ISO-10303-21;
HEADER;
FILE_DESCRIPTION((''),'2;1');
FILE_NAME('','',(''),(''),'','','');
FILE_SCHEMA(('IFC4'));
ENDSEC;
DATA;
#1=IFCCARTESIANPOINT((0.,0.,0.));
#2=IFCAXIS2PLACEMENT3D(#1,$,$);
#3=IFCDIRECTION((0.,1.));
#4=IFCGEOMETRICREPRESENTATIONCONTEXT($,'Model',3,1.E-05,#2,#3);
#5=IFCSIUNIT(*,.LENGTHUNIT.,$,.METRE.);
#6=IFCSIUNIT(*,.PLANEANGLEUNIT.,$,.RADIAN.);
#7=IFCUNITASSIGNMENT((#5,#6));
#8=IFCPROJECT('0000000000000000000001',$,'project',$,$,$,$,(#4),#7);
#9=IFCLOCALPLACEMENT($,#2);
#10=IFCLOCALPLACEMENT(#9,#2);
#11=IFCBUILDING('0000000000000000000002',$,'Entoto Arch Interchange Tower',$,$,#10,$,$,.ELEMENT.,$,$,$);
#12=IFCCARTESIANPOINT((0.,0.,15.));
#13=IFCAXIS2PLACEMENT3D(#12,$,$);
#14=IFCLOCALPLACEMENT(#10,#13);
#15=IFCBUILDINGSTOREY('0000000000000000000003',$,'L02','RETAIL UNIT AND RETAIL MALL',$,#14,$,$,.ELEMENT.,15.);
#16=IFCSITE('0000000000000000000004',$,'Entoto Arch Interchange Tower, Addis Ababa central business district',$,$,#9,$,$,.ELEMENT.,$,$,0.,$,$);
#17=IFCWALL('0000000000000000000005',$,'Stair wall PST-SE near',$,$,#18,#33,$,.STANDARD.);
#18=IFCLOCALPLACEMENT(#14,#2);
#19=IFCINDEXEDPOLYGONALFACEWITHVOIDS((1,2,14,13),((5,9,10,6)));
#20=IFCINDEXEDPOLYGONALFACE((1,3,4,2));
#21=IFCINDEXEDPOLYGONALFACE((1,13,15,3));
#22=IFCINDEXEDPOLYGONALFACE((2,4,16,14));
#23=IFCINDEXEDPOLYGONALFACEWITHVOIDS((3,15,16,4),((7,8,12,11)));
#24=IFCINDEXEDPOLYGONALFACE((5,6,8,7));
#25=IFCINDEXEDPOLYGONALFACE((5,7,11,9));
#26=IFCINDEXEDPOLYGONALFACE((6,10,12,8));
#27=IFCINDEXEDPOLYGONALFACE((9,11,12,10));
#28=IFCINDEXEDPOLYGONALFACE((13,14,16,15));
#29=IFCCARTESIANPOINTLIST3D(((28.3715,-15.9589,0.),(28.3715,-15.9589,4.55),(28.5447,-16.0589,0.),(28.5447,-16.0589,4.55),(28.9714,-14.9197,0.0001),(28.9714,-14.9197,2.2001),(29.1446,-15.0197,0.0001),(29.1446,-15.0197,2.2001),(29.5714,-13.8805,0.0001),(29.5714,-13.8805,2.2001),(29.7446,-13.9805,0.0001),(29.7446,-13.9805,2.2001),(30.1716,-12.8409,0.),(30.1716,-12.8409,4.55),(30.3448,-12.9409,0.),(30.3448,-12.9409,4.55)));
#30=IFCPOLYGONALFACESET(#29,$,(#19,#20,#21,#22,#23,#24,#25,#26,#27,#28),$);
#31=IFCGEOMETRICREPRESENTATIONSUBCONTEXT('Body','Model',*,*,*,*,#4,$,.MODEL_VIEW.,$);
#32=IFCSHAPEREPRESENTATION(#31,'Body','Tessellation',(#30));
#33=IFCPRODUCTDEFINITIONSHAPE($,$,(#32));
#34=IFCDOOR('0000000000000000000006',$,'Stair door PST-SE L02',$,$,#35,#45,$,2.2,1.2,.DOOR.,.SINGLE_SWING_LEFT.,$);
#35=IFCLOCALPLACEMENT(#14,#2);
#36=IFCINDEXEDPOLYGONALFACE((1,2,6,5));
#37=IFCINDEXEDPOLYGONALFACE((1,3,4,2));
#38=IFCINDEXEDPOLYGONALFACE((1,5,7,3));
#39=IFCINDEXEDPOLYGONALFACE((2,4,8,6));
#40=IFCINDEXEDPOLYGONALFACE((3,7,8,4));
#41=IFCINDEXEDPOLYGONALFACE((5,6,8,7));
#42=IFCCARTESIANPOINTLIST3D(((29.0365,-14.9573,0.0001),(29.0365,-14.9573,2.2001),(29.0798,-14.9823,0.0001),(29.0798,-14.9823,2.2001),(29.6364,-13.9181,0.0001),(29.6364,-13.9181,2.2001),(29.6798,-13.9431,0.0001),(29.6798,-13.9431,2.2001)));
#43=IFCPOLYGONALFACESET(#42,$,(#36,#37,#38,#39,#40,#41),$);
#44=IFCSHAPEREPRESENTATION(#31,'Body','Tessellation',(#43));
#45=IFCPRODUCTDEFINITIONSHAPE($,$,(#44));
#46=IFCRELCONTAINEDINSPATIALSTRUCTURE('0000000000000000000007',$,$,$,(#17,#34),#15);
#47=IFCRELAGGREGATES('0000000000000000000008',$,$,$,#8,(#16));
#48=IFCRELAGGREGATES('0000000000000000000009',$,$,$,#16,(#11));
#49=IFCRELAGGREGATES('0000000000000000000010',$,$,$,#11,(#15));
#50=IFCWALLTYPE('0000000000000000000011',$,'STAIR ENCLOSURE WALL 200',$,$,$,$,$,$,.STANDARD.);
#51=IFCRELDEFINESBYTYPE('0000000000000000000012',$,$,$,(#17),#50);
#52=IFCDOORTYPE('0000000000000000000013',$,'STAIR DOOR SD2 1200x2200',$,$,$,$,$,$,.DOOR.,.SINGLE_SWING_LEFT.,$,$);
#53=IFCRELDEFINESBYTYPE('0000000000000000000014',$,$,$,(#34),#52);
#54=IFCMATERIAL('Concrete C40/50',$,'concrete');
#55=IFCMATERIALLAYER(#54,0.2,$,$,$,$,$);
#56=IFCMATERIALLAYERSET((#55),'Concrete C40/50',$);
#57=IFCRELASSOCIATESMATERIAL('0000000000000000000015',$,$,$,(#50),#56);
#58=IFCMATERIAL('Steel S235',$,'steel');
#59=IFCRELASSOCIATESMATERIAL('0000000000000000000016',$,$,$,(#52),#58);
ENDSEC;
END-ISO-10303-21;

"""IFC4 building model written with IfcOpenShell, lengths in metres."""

from ifc_helpers import new_model, si_unit, direction, frame, frame_2d, origin, place, context, subcontext, project, spatial, rectangle, extrude, material, layer, layer_set, type_object, element, fill, save


model = new_model("IFC4")

# Units and contexts
model_context = context("Model", 3, precision=1e-05, world=origin(), true_north=direction((0.0, 1.0)))
body_context = subcontext(model_context, "Body", "Model", "MODEL_VIEW")
ifc_project = project(units=[si_unit("LENGTHUNIT", "METRE"), si_unit("PLANEANGLEUNIT", "RADIAN")], contexts=[model_context])

# Site, building, storey
site_placement = place(None, origin())
site = spatial("IfcSite", under=ifc_project, at=site_placement, Name="Entoto Arch Interchange Tower, Addis Ababa central business district", CompositionType="ELEMENT", RefElevation=0.0)
building_placement = place(site_placement, origin())
building = spatial("IfcBuilding", under=site, at=building_placement, Name="Entoto Arch Interchange Tower", CompositionType="ELEMENT")
storey_placement = place(building_placement, frame((0.0, 0.0, 15.0)))
storey = spatial("IfcBuildingStorey", under=building, at=storey_placement, Name="L02", Description="RETAIL UNIT AND RETAIL MALL", CompositionType="ELEMENT", Elevation=15.0)

# Shared definitions
ifc_material_1 = material(Name="Concrete C40/50", Category="concrete")
ifc_layer_1 = layer(ifc_material_1, 0.2)
ifc_layer_set_1 = layer_set([ifc_layer_1], Name="Concrete C40/50")
wall_type_1 = type_object("IfcWallType", Name="STAIR ENCLOSURE WALL 200", PredefinedType="STANDARD", material=ifc_layer_set_1)

# Wall, opening, door
wall_1_placement = place(storey_placement, frame((28.458, -16.009, 0.0), z_axis=(0.0, 0.0, 1.0), x_axis=(0.499983, 0.866035, 0.0)))
wall_1 = element("IfcWall", 1, at=wall_1_placement, inside=storey, type_object=wall_type_1, Name="Stair wall PST-SE near", PredefinedType="STANDARD", context=body_context, shape_type="SweptSolid", body=[
    extrude(rectangle(XDim=3.6003, YDim=0.2, at=frame_2d((1.8003, 0.0))), origin(), (0.0, 0.0, 1.0), 4.55),
])
opening_1_placement = place(wall_1_placement, frame((1.2, 0.0, 0.0)))
opening_1 = element("IfcOpeningElement", 2, at=opening_1_placement, cuts=wall_1, PredefinedType="OPENING", context=body_context, shape_type="SweptSolid", body=[
    extrude(rectangle(XDim=1.2, YDim=2.2, at=frame_2d((0.6001, 1.1001))), frame((0.0, 0.1099, 0.0), z_axis=(0.0, -1.0, 0.0), x_axis=(1.0, 0.0, 0.0)), (0.0, 0.0, 1.0), 0.22),
])
ifc_material_2 = material(Name="Steel S235", Category="steel")
door_type_1 = type_object("IfcDoorType", Name="STAIR DOOR SD2 1200x2200", OperationType="SINGLE_SWING_LEFT", PredefinedType="DOOR", material=ifc_material_2)
door_1_placement = place(opening_1_placement, origin())
door_1 = element("IfcDoor", 3, at=door_1_placement, inside=storey, type_object=door_type_1, Name="Stair door PST-SE L02", OperationType="SINGLE_SWING_LEFT", OverallHeight=2.2, OverallWidth=1.2, PredefinedType="DOOR", context=body_context, shape_type="SweptSolid", body=[
    extrude(rectangle(XDim=1.2, YDim=2.2, at=frame_2d((0.6001, 1.1001))), frame((0.0, 0.0249, 0.0), z_axis=(0.0, -1.0, 0.0), x_axis=(1.0, 0.0, 0.0)), (0.0, 0.0, 1.0), 0.05),
])
fill(opening_1, door_1)

save(model, "model.ifc")
